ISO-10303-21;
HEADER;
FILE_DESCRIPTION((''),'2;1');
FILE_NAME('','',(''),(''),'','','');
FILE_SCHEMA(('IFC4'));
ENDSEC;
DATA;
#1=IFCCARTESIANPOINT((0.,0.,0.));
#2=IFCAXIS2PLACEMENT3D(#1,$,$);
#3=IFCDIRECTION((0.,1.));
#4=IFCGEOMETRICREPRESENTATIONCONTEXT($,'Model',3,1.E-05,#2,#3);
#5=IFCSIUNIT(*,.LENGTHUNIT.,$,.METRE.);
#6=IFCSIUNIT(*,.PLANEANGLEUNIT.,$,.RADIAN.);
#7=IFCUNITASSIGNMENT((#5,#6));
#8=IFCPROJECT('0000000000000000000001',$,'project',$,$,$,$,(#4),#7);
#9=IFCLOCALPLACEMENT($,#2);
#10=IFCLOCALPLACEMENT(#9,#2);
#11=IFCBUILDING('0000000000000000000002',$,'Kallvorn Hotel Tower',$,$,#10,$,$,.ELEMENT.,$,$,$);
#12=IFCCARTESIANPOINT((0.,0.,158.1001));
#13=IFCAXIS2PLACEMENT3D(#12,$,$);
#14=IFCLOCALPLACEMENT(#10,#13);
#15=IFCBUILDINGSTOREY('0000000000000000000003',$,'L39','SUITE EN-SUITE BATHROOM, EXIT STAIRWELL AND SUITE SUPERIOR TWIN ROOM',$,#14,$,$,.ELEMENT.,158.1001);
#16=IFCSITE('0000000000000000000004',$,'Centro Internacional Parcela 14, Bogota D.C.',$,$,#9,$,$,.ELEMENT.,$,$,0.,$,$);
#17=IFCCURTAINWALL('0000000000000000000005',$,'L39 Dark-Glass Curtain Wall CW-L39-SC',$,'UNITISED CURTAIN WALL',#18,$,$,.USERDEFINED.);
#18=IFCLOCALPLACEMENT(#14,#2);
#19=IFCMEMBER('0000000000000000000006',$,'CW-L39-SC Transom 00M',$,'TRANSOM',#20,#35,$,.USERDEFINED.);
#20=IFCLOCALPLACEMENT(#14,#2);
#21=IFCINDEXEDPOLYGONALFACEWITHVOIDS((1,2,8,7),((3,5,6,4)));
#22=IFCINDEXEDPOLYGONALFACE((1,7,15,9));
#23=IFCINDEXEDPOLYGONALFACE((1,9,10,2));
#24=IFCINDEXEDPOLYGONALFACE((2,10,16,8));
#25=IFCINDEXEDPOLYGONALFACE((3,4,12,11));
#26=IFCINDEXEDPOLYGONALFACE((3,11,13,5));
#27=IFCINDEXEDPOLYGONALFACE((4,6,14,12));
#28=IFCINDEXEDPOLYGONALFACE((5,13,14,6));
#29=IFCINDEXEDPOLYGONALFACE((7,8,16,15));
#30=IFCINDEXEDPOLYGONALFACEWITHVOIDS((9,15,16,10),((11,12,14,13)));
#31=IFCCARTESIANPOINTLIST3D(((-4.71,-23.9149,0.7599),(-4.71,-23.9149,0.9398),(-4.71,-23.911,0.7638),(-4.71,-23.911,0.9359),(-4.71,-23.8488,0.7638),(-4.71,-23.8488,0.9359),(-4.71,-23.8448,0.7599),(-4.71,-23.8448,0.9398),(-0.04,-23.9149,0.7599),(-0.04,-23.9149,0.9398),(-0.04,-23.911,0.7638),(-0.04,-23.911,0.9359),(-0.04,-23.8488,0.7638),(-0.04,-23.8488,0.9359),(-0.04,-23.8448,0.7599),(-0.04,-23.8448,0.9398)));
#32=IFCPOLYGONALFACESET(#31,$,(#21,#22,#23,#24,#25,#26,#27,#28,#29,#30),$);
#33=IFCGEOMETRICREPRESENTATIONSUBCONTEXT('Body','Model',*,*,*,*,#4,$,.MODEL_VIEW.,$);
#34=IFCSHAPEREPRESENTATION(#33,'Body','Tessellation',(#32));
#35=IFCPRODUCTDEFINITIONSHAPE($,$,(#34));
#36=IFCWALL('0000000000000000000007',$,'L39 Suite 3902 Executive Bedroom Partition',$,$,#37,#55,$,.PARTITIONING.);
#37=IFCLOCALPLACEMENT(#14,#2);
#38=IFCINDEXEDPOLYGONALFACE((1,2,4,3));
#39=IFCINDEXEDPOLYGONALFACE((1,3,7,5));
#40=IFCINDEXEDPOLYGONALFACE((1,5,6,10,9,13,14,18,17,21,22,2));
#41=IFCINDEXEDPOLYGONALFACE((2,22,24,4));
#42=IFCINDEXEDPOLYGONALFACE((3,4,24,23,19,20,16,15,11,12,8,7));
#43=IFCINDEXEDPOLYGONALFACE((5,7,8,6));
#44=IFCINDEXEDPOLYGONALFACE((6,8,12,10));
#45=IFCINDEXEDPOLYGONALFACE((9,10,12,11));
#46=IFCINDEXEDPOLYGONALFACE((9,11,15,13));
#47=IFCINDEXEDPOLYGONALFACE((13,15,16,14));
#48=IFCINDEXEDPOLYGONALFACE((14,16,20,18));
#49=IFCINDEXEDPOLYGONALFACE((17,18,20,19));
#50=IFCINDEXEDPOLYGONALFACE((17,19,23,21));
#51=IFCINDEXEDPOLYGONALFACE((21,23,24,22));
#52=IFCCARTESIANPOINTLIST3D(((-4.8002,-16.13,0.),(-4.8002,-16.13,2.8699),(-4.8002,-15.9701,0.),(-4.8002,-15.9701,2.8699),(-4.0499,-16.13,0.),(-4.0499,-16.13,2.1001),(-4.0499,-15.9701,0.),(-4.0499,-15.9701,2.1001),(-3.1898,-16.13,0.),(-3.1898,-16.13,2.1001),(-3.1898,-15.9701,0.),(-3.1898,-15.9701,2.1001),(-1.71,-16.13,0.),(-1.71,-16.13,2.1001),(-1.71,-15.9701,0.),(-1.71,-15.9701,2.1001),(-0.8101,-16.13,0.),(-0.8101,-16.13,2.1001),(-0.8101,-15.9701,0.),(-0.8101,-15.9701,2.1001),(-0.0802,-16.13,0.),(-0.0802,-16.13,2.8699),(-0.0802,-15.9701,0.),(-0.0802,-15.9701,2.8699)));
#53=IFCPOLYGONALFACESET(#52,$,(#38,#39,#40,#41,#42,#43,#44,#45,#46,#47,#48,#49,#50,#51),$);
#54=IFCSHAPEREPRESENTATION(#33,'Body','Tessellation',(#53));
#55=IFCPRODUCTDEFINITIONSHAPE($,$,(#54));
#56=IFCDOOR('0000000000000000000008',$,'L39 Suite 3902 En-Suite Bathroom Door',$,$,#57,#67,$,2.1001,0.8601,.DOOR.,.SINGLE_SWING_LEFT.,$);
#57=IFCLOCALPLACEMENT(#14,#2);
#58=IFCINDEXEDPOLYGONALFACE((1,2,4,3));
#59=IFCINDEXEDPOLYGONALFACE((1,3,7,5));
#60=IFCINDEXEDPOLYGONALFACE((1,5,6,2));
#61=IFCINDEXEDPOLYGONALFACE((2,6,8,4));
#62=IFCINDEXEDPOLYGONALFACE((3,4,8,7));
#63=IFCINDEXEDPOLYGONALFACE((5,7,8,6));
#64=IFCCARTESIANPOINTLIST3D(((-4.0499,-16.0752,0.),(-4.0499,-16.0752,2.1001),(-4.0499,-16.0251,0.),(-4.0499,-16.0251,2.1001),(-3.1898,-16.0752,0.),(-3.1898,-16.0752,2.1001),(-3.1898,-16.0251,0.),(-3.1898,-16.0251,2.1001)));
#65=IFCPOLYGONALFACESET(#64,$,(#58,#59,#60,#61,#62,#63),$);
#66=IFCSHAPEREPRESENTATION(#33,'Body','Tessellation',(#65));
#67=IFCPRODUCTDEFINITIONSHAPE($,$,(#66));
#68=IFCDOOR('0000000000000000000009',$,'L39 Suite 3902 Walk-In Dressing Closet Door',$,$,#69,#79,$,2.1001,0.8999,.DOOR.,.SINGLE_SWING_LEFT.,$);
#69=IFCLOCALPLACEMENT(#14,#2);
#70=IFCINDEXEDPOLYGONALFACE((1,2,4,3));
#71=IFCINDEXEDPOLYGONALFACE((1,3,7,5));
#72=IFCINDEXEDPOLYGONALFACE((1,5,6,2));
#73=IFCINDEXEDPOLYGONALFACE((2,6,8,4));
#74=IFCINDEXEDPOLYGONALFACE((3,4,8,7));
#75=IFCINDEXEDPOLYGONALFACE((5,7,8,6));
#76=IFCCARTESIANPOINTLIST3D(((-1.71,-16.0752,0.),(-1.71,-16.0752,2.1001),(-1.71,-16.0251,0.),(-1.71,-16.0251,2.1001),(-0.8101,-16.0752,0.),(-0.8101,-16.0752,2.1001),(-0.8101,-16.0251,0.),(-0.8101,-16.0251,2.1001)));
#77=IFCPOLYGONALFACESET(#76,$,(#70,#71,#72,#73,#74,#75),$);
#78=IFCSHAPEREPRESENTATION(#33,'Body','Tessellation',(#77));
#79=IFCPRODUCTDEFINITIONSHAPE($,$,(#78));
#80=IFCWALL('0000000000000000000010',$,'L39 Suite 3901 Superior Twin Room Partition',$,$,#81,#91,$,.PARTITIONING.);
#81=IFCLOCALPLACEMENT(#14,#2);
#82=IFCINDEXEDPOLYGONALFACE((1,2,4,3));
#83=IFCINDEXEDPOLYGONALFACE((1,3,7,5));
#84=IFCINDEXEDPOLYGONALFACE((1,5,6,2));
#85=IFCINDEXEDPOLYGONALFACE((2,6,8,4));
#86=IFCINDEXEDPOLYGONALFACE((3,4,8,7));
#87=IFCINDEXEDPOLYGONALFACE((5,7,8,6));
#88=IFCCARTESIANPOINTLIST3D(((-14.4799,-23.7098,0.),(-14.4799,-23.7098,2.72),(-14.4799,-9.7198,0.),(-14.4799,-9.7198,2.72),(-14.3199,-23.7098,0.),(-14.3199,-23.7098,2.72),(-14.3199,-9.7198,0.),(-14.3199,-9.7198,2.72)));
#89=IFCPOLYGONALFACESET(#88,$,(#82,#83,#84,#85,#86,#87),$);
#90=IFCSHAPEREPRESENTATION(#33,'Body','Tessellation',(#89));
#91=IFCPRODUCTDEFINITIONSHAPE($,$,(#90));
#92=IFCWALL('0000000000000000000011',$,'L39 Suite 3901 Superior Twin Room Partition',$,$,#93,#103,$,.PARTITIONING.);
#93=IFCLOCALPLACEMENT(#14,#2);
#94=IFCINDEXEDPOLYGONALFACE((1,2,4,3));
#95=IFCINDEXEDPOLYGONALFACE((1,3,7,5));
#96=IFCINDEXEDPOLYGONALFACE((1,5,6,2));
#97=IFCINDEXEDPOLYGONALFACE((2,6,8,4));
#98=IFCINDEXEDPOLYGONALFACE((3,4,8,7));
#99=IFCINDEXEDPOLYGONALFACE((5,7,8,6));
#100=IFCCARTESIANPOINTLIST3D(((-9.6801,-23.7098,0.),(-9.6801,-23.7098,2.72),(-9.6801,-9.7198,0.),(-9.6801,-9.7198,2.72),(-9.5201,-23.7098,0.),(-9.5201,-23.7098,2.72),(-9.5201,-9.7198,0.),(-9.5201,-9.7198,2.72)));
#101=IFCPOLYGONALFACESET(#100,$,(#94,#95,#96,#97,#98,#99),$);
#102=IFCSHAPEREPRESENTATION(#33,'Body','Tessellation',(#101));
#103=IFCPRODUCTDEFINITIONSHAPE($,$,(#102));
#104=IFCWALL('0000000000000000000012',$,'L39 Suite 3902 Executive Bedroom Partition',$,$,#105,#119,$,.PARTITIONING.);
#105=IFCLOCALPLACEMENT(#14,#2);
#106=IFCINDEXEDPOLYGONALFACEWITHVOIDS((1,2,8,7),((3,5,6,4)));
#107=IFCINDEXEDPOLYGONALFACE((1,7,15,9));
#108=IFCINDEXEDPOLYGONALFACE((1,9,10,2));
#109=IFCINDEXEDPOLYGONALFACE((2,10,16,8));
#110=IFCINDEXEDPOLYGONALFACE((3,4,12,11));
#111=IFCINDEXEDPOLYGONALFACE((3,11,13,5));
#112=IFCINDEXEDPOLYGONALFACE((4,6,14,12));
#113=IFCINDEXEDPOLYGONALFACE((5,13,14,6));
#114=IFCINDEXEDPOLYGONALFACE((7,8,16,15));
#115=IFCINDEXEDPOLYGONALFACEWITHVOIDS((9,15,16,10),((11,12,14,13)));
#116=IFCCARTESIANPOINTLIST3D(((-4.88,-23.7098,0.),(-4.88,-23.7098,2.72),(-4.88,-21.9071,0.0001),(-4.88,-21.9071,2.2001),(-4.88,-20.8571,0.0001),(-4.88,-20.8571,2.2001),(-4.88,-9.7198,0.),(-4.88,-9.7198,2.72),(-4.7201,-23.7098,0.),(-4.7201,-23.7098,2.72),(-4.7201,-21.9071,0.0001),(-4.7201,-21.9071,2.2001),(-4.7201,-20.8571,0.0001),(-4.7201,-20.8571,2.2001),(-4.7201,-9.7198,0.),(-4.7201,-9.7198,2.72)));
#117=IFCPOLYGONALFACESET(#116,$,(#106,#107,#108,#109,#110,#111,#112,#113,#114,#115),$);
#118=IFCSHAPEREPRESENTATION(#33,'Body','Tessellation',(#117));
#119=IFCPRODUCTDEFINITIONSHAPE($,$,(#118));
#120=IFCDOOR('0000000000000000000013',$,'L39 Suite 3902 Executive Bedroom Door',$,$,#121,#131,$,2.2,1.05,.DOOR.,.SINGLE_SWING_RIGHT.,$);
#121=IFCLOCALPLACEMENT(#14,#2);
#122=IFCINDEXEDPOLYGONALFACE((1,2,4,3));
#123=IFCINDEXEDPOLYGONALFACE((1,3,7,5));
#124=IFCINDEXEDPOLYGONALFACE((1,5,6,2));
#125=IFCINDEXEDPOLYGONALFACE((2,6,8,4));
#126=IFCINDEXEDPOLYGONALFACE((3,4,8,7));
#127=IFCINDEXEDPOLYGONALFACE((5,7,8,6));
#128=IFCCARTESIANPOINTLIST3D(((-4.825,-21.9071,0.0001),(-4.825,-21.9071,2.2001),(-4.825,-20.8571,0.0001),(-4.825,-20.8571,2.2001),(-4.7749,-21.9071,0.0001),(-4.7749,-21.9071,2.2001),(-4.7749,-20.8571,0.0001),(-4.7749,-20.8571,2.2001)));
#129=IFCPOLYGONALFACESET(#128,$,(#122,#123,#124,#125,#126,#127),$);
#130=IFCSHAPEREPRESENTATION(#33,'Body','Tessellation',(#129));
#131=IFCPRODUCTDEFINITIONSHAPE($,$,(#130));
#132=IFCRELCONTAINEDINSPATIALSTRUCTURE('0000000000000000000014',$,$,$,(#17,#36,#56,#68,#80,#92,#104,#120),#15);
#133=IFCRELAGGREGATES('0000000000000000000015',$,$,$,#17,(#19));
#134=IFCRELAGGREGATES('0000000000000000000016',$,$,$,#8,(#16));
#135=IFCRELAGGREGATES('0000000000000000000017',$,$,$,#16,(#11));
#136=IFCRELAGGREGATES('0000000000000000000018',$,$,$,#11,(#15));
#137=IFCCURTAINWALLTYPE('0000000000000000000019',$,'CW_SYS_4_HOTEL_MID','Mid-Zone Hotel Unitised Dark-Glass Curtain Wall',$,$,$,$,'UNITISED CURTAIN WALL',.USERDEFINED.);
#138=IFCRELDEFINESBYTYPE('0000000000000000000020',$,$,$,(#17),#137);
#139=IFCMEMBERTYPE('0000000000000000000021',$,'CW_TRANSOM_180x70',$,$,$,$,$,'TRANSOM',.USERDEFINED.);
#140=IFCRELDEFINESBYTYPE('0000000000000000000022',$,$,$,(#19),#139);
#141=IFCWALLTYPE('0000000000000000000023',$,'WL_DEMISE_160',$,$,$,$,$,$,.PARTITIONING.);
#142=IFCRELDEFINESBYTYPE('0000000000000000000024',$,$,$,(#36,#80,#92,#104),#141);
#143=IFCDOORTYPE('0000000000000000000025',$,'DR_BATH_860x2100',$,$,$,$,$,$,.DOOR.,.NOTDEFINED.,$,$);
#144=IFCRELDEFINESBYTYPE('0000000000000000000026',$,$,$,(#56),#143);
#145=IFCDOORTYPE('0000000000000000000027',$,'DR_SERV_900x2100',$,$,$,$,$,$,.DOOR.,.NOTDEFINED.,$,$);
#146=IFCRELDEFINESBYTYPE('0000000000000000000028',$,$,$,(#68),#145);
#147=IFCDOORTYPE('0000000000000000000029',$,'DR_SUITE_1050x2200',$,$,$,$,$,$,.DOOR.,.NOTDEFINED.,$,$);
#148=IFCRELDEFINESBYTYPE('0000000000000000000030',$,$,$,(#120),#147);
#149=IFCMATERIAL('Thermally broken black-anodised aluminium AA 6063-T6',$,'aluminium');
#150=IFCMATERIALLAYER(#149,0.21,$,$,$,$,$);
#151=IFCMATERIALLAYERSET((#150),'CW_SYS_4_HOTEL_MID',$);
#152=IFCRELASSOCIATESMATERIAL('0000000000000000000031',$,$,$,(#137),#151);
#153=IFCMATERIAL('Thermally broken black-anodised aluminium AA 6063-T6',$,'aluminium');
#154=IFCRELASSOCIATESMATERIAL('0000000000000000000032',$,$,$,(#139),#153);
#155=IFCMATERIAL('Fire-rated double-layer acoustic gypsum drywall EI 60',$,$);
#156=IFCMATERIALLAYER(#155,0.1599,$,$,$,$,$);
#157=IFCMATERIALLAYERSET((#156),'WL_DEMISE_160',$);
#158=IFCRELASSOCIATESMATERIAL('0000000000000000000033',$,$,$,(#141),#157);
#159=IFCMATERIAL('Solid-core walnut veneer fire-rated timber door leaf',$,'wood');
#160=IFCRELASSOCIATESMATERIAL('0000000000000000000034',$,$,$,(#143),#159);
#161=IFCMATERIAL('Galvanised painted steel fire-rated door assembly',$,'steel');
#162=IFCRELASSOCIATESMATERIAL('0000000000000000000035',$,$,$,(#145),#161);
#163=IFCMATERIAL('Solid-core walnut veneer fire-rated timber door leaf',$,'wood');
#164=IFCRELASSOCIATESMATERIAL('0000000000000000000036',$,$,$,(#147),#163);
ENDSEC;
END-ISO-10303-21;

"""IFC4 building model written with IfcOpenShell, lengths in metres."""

from ifc_helpers import new_model, si_unit, direction, frame, frame_2d, origin, origin_2d, place, context, subcontext, project, spatial, rectangle, hollow_rectangle, extrude, material, layer, layer_set, material_profile, profile_set, type_object, element, fill, aggregate, save


model = new_model("IFC4")

# Units and contexts
model_context = context("Model", 3, precision=1e-05, world=origin(), true_north=direction((0.0, 1.0)))
body_context = subcontext(model_context, "Body", "Model", "MODEL_VIEW")
ifc_project = project(units=[si_unit("LENGTHUNIT", "METRE"), si_unit("PLANEANGLEUNIT", "RADIAN")], contexts=[model_context])

# Site, building, storey
site_placement = place(None, origin())
site = spatial("IfcSite", under=ifc_project, at=site_placement, Name="Centro Internacional Parcela 14, Bogota D.C.", CompositionType="ELEMENT", RefElevation=0.0)
building_placement = place(site_placement, origin())
building = spatial("IfcBuilding", under=site, at=building_placement, Name="Kallvorn Hotel Tower", CompositionType="ELEMENT")
storey_placement = place(building_placement, frame((0.0, 0.0, 158.1001)))
storey = spatial("IfcBuildingStorey", under=building, at=storey_placement, Name="L39", Description="SUITE EN-SUITE BATHROOM, EXIT STAIRWELL AND SUITE SUPERIOR TWIN ROOM", CompositionType="ELEMENT", Elevation=158.1001)

# Curtain wall, member
ifc_material_1 = material(Name="Thermally broken black-anodised aluminium AA 6063-T6", Category="aluminium")
ifc_layer_1 = layer(ifc_material_1, 0.21)
ifc_layer_set_1 = layer_set([ifc_layer_1], Name="CW_SYS_4_HOTEL_MID")
curtain_wall_type = type_object("IfcCurtainWallType", Name="CW_SYS_4_HOTEL_MID", Description="Mid-Zone Hotel Unitised Dark-Glass Curtain Wall", ElementType="UNITISED CURTAIN WALL", PredefinedType="USERDEFINED", material=ifc_layer_set_1)
curtain_wall_placement = place(storey_placement, origin())
curtain_wall = element("IfcCurtainWall", 1, at=curtain_wall_placement, inside=storey, type_object=curtain_wall_type, Name="L39 Dark-Glass Curtain Wall CW-L39-SC", ObjectType="UNITISED CURTAIN WALL", PredefinedType="USERDEFINED")
ifc_material_2 = material(Name="Thermally broken black-anodised aluminium AA 6063-T6", Category="aluminium")
ifc_material_profile_1 = material_profile(ifc_material_2, hollow_rectangle(XDim=0.0701, YDim=0.1799, WallThickness=0.0039, at=origin_2d()), Name="TRN 180x70")
ifc_profile_set_1 = profile_set([ifc_material_profile_1], Name="Thermally broken black-anodised aluminium AA 6063-T6")
member_type_1 = type_object("IfcMemberType", Name="CW_TRANSOM_180x70", ElementType="TRANSOM", PredefinedType="USERDEFINED", material=ifc_profile_set_1)
member_1_placement = place(storey_placement, frame((-4.71, -23.8799, 0.8499), z_axis=(1.0, 0.0, 0.0), x_axis=(0.0, 1.0, 0.0)))
member_1 = element("IfcMember", 2, at=member_1_placement, type_object=member_type_1, Name="CW-L39-SC Transom 00M", ObjectType="TRANSOM", PredefinedType="USERDEFINED", context=body_context, shape_type="SweptSolid", body=[
    extrude(hollow_rectangle(XDim=0.0701, YDim=0.1799, WallThickness=0.0039, at=origin_2d()), origin(), (0.0, 0.0, 1.0), 4.6699),
])
aggregate(curtain_wall, [member_1])

# Wall, openings, doors
ifc_material_3 = material(Name="Fire-rated double-layer acoustic gypsum drywall EI 60")
ifc_layer_2 = layer(ifc_material_3, 0.1599)
ifc_layer_set_2 = layer_set([ifc_layer_2], Name="WL_DEMISE_160")
wall_type = type_object("IfcWallType", Name="WL_DEMISE_160", PredefinedType="PARTITIONING", material=ifc_layer_set_2)
wall_1_placement = place(storey_placement, frame((-4.8, -16.05, 0.0), z_axis=(0.0, 0.0, 1.0), x_axis=(1.0, 0.0, 0.0)))
wall_1 = element("IfcWall", 3, at=wall_1_placement, inside=storey, type_object=wall_type, Name="L39 Suite 3902 Executive Bedroom Partition", PredefinedType="PARTITIONING", context=body_context, shape_type="SweptSolid", body=[
    extrude(rectangle(XDim=4.72, YDim=0.1599, at=frame_2d((2.3599, 0.0))), origin(), (0.0, 0.0, 1.0), 2.8699),
])
opening_1_placement = place(wall_1_placement, frame((0.75, 0.0, 0.0)))
opening_1 = element("IfcOpeningElement", 4, at=opening_1_placement, cuts=wall_1, PredefinedType="OPENING", context=body_context, shape_type="SweptSolid", body=[
    extrude(rectangle(XDim=0.8601, YDim=2.1001, at=frame_2d((0.4302, 1.05))), frame((0.0, 0.095, 0.0), z_axis=(0.0, -1.0, 0.0), x_axis=(1.0, 0.0, 0.0)), (0.0, 0.0, 1.0), 0.1899),
])
opening_2_placement = place(wall_1_placement, frame((3.0901, 0.0, 0.0)))
opening_2 = element("IfcOpeningElement", 5, at=opening_2_placement, cuts=wall_1, PredefinedType="OPENING", context=body_context, shape_type="SweptSolid", body=[
    extrude(rectangle(XDim=0.8999, YDim=2.1001, at=frame_2d((0.45, 1.05))), frame((0.0, 0.095, 0.0), z_axis=(0.0, -1.0, 0.0), x_axis=(1.0, 0.0, 0.0)), (0.0, 0.0, 1.0), 0.1899),
])
ifc_material_4 = material(Name="Solid-core walnut veneer fire-rated timber door leaf", Category="wood")
door_type_1 = type_object("IfcDoorType", Name="DR_BATH_860x2100", OperationType="NOTDEFINED", PredefinedType="DOOR", material=ifc_material_4)
door_1_placement = place(opening_1_placement, origin())
door_1 = element("IfcDoor", 6, at=door_1_placement, inside=storey, type_object=door_type_1, Name="L39 Suite 3902 En-Suite Bathroom Door", OperationType="SINGLE_SWING_LEFT", OverallHeight=2.1001, OverallWidth=0.8601, PredefinedType="DOOR", context=body_context, shape_type="SweptSolid", body=[
    extrude(rectangle(XDim=0.8601, YDim=2.1001, at=frame_2d((0.4302, 1.05))), frame((0.0, 0.0249, 0.0), z_axis=(0.0, -1.0, 0.0), x_axis=(1.0, 0.0, 0.0)), (0.0, 0.0, 1.0), 0.05),
])
fill(opening_1, door_1)
ifc_material_5 = material(Name="Galvanised painted steel fire-rated door assembly", Category="steel")
door_type_2 = type_object("IfcDoorType", Name="DR_SERV_900x2100", OperationType="NOTDEFINED", PredefinedType="DOOR", material=ifc_material_5)
door_2_placement = place(opening_2_placement, origin())
door_2 = element("IfcDoor", 7, at=door_2_placement, inside=storey, type_object=door_type_2, Name="L39 Suite 3902 Walk-In Dressing Closet Door", OperationType="SINGLE_SWING_LEFT", OverallHeight=2.1001, OverallWidth=0.8999, PredefinedType="DOOR", context=body_context, shape_type="SweptSolid", body=[
    extrude(rectangle(XDim=0.8999, YDim=2.1001, at=frame_2d((0.45, 1.05))), frame((0.0, 0.0249, 0.0), z_axis=(0.0, -1.0, 0.0), x_axis=(1.0, 0.0, 0.0)), (0.0, 0.0, 1.0), 0.05),
])
fill(opening_2, door_2)

# Walls
for number, where, z_axis, x_axis, name in (
    (8, (-14.3999, -23.71, 0.0), (0.0, 0.0, 1.0), (0.0, 1.0, 0.0), "L39 Suite 3901 Superior Twin Room Partition"),
    (9, (-9.6001, -23.71, 0.0), (0.0, 0.0, 1.0), (0.0, 1.0, 0.0), "L39 Suite 3901 Superior Twin Room Partition"),
):
    element("IfcWall", number, at=place(storey_placement, frame(where, z_axis=z_axis, x_axis=x_axis)), inside=storey, type_object=wall_type, Name=name, PredefinedType="PARTITIONING", context=body_context, shape_type="SweptSolid", body=[
        extrude(rectangle(XDim=13.99, YDim=0.1599, at=frame_2d((6.9951, 0.0))), origin(), (0.0, 0.0, 1.0), 2.72),
    ])

# Wall, opening, door
wall_2_placement = place(storey_placement, frame((-4.8, -23.71, 0.0), z_axis=(0.0, 0.0, 1.0), x_axis=(0.0, 1.0, 0.0)))
wall_2 = element("IfcWall", 10, at=wall_2_placement, inside=storey, type_object=wall_type, Name="L39 Suite 3902 Executive Bedroom Partition", PredefinedType="PARTITIONING", context=body_context, shape_type="SweptSolid", body=[
    extrude(rectangle(XDim=13.99, YDim=0.1599, at=frame_2d((6.9951, 0.0))), origin(), (0.0, 0.0, 1.0), 2.72),
])
opening_3_placement = place(wall_2_placement, frame((1.803, 0.0, 0.0)))
opening_3 = element("IfcOpeningElement", 11, at=opening_3_placement, cuts=wall_2, PredefinedType="OPENING", context=body_context, shape_type="SweptSolid", body=[
    extrude(rectangle(XDim=1.05, YDim=2.2, at=frame_2d((0.5249, 1.1001))), frame((0.0, 0.095, 0.0), z_axis=(0.0, -1.0, 0.0), x_axis=(1.0, 0.0, 0.0)), (0.0, 0.0, 1.0), 0.1899),
])
ifc_material_6 = material(Name="Solid-core walnut veneer fire-rated timber door leaf", Category="wood")
door_type_3 = type_object("IfcDoorType", Name="DR_SUITE_1050x2200", OperationType="NOTDEFINED", PredefinedType="DOOR", material=ifc_material_6)
door_3_placement = place(opening_3_placement, origin())
door_3 = element("IfcDoor", 12, at=door_3_placement, inside=storey, type_object=door_type_3, Name="L39 Suite 3902 Executive Bedroom Door", OperationType="SINGLE_SWING_RIGHT", OverallHeight=2.2, OverallWidth=1.05, PredefinedType="DOOR", context=body_context, shape_type="SweptSolid", body=[
    extrude(rectangle(XDim=1.05, YDim=2.2, at=frame_2d((0.5249, 1.1001))), frame((0.0, 0.0249, 0.0), z_axis=(0.0, -1.0, 0.0), x_axis=(1.0, 0.0, 0.0)), (0.0, 0.0, 1.0), 0.05),
])
fill(opening_3, door_3)

save(model, "model.ifc")
